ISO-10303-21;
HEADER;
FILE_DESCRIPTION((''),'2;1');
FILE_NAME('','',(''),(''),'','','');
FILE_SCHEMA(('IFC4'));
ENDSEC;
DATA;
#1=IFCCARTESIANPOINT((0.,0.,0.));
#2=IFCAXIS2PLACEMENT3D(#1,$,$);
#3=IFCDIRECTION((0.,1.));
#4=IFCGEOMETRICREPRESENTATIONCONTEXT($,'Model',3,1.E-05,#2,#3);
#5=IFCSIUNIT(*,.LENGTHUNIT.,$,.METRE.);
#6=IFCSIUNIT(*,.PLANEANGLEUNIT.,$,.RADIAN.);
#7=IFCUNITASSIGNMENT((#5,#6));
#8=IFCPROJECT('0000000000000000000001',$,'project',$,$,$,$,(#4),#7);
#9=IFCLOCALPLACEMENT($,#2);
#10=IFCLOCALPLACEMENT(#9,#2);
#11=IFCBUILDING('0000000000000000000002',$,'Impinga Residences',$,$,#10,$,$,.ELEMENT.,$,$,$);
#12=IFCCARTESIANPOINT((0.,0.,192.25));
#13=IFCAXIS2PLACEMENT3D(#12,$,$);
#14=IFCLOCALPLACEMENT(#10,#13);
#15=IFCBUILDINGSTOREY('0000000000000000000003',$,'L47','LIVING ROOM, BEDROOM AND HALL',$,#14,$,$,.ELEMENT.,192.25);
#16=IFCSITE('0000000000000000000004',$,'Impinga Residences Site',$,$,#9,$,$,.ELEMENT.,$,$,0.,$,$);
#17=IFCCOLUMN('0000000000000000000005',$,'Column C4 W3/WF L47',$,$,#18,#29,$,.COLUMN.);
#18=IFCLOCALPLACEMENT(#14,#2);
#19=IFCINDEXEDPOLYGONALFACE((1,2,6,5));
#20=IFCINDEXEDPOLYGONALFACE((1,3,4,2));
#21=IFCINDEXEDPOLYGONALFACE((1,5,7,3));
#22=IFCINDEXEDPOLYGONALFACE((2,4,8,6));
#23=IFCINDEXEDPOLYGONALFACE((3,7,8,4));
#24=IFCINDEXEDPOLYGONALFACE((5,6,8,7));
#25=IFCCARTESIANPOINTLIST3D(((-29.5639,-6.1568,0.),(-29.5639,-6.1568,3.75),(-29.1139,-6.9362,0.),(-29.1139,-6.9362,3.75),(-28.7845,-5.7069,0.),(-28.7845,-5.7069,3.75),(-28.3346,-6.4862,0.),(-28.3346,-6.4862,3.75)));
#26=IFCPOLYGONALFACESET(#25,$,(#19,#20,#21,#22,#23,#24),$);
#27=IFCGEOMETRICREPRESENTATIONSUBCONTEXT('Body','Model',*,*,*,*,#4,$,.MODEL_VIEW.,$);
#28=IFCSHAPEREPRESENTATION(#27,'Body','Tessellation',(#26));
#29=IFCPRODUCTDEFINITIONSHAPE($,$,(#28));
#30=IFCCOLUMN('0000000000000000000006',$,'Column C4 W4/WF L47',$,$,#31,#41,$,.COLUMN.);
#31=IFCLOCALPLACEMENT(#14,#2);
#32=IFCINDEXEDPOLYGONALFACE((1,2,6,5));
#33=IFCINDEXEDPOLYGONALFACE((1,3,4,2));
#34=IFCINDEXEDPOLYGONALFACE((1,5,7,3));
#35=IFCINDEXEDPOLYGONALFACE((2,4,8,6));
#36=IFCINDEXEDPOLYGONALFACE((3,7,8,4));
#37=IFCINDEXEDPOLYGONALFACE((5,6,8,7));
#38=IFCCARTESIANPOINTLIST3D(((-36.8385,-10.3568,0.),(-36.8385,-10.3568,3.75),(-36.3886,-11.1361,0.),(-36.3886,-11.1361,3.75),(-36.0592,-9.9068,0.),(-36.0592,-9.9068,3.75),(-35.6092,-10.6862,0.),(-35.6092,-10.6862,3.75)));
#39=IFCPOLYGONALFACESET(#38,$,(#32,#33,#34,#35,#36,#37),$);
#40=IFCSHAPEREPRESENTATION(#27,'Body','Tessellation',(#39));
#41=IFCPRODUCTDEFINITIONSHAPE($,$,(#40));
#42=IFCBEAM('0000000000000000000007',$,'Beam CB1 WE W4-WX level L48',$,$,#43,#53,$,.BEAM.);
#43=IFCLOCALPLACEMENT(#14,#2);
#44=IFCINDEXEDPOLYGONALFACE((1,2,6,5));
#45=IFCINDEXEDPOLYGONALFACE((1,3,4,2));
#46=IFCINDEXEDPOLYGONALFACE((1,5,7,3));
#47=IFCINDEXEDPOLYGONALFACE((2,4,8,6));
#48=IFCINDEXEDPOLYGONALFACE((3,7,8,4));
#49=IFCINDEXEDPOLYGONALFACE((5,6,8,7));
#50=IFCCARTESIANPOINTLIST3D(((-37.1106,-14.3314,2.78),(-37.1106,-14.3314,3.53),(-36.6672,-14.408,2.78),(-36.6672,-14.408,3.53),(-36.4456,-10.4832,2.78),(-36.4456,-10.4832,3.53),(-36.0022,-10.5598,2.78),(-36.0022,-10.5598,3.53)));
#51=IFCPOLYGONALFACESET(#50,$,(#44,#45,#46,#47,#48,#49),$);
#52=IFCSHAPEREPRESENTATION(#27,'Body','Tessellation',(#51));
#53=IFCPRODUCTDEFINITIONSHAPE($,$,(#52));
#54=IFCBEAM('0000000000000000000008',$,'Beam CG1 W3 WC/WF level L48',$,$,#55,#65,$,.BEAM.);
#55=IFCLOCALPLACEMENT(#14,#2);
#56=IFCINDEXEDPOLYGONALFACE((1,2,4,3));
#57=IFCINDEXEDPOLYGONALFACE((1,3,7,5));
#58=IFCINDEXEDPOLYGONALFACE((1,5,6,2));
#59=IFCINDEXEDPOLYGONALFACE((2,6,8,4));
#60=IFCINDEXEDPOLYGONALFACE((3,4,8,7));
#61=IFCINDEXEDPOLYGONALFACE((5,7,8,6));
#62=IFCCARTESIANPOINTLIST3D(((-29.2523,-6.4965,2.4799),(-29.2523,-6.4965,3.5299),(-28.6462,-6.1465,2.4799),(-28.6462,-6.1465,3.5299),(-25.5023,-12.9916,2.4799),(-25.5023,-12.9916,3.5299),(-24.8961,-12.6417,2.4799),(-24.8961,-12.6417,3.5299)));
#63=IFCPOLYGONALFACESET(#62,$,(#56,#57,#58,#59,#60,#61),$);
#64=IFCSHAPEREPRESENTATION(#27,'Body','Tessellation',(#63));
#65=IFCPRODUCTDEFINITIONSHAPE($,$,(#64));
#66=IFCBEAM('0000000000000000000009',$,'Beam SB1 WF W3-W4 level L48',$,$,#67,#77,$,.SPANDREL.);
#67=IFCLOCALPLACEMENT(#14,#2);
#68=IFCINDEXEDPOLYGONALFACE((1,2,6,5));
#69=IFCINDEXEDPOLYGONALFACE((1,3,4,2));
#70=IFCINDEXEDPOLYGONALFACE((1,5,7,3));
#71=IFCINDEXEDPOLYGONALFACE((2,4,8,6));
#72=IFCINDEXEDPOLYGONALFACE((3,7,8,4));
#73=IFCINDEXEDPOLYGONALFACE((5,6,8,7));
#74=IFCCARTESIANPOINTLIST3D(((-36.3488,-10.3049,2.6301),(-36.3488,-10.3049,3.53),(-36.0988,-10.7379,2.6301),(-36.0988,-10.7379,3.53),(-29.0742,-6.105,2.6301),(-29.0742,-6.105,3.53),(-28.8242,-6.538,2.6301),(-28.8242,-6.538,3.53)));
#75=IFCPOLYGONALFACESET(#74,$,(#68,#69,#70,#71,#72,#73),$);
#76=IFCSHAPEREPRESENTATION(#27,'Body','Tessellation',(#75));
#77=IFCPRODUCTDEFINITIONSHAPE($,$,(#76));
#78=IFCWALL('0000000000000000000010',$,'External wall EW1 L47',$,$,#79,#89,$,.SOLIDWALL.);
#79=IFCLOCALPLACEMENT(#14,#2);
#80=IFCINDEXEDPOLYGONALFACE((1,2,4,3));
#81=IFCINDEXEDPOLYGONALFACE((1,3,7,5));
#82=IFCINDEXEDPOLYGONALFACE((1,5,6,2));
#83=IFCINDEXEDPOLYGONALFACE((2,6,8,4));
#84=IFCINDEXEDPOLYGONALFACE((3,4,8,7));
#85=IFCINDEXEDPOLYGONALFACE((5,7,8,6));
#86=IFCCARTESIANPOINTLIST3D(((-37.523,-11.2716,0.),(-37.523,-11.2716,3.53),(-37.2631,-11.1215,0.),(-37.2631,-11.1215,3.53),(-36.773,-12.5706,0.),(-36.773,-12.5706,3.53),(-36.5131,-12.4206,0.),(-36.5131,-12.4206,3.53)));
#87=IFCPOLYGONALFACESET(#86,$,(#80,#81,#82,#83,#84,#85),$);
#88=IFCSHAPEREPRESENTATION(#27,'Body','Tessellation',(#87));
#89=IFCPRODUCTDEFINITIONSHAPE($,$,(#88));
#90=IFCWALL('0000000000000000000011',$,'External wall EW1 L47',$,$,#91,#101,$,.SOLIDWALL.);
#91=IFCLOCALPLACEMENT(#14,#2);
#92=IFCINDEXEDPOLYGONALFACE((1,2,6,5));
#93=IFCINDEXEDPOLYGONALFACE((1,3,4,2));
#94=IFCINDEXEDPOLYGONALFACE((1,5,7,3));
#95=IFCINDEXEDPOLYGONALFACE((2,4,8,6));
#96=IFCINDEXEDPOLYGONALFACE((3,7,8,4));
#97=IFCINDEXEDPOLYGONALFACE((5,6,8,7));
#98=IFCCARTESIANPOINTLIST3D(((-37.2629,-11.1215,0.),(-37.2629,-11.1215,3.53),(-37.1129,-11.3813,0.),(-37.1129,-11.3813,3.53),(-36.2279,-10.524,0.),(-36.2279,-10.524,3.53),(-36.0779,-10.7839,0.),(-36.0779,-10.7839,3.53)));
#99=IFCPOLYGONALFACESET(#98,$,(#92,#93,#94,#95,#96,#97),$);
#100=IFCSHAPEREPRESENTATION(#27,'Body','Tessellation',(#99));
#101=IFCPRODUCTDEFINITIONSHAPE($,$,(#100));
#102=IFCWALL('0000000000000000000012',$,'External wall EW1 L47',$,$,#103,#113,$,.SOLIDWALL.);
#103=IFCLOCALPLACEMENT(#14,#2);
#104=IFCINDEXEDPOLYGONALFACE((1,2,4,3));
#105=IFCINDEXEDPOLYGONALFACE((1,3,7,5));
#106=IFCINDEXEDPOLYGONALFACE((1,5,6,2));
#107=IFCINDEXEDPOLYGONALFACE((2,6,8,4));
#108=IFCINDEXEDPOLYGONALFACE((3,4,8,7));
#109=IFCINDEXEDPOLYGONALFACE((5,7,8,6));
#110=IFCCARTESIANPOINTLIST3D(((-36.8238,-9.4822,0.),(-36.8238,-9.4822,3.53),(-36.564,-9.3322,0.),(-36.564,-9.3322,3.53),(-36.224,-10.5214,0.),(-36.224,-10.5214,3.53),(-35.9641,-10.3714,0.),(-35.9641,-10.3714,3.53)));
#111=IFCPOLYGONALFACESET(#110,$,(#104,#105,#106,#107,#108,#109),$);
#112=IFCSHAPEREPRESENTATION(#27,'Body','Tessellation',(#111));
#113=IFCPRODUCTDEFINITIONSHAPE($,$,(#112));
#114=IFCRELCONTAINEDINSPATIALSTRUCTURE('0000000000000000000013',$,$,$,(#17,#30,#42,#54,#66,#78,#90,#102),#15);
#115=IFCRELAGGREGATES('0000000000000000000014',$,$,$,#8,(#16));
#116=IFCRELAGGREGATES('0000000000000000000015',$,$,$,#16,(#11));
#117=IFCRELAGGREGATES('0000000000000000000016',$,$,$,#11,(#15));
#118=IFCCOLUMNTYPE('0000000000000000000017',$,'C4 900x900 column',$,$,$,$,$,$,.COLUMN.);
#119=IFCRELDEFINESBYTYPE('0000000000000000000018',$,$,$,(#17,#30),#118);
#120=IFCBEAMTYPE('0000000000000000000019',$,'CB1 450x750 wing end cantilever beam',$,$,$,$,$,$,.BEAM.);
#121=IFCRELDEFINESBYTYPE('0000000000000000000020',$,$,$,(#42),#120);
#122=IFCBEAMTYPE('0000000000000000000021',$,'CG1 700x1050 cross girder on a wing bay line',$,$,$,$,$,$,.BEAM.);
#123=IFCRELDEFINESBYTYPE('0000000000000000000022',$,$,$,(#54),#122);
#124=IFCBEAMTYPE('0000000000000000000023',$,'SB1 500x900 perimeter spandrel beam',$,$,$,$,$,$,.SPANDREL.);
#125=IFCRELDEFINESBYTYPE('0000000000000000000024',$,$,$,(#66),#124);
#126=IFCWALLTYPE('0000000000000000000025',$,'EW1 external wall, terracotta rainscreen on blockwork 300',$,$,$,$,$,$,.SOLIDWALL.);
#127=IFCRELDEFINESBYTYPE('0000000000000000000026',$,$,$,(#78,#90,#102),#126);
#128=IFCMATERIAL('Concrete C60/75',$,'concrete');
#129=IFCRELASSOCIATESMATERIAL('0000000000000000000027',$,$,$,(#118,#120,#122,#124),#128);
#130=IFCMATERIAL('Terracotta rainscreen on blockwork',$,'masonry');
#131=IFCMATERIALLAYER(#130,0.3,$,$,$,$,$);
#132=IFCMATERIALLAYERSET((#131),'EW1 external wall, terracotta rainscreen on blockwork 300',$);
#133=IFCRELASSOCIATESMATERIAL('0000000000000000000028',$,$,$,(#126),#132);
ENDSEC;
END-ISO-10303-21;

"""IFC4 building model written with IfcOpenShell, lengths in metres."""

from ifc_helpers import new_model, si_unit, direction, frame, frame_2d, origin, origin_2d, place, context, subcontext, project, spatial, rectangle, extrude, material, layer, layer_set, material_profile, profile_set, type_object, element, save


model = new_model("IFC4")

# Units and contexts
model_context = context("Model", 3, precision=1e-05, world=origin(), true_north=direction((0.0, 1.0)))
body_context = subcontext(model_context, "Body", "Model", "MODEL_VIEW")
ifc_project = project(units=[si_unit("LENGTHUNIT", "METRE"), si_unit("PLANEANGLEUNIT", "RADIAN")], contexts=[model_context])

# Site, building, storey
site_placement = place(None, origin())
site = spatial("IfcSite", under=ifc_project, at=site_placement, Name="Impinga Residences Site", CompositionType="ELEMENT", RefElevation=0.0)
building_placement = place(site_placement, origin())
building = spatial("IfcBuilding", under=site, at=building_placement, Name="Impinga Residences", CompositionType="ELEMENT")
storey_placement = place(building_placement, frame((0.0, 0.0, 192.25)))
storey = spatial("IfcBuildingStorey", under=building, at=storey_placement, Name="L47", Description="LIVING ROOM, BEDROOM AND HALL", CompositionType="ELEMENT", Elevation=192.25)

# Columns
ifc_material_1 = material(Name="Concrete C60/75", Category="concrete")
ifc_material_profile_1 = material_profile(ifc_material_1, rectangle(XDim=0.8999, YDim=0.8999, at=origin_2d()), Name="RC 900x900")
ifc_profile_set_1 = profile_set([ifc_material_profile_1], Name="Concrete C60/75")
column_type = type_object("IfcColumnType", Name="C4 900x900 column", PredefinedType="COLUMN", material=ifc_profile_set_1)
for number, where, z_axis, x_axis, name in (
    (1, (-28.9492, -6.3215, 0.0), (0.0, 0.0, 1.0), (-0.5, 0.866025, 0.0), "Column C4 W3/WF L47"),
    (2, (-36.2239, -10.5215, 0.0), (0.0, 0.0, 1.0), (-0.5, 0.866025, 0.0), "Column C4 W4/WF L47"),
):
    element("IfcColumn", number, at=place(storey_placement, frame(where, z_axis=z_axis, x_axis=x_axis)), inside=storey, type_object=column_type, Name=name, PredefinedType="COLUMN", context=body_context, shape_type="SweptSolid", body=[
        extrude(rectangle(XDim=0.8999, YDim=0.8999, at=origin_2d()), origin(), (0.0, 0.0, 1.0), 3.75),
    ])

# Beams
ifc_material_profile_2 = material_profile(ifc_material_1, rectangle(XDim=0.45, YDim=0.75, at=origin_2d()), Name="RC 450x750")
ifc_profile_set_2 = profile_set([ifc_material_profile_2], Name="Concrete C60/75")
beam_type_1 = type_object("IfcBeamType", Name="CB1 450x750 wing end cantilever beam", PredefinedType="BEAM", material=ifc_profile_set_2)
beam_1_placement = place(storey_placement, frame((-36.2239, -10.5215, 3.155), z_axis=(-0.170296, -0.985393, 0.0), x_axis=(0.985393, -0.170296, 0.0)))
element("IfcBeam", 3, at=beam_1_placement, inside=storey, type_object=beam_type_1, Name="Beam CB1 WE W4-WX level L48", PredefinedType="BEAM", context=body_context, shape_type="SweptSolid", body=[
    extrude(rectangle(XDim=0.45, YDim=0.75, at=origin_2d()), origin(), (0.0, 0.0, 1.0), 3.9053),
])
ifc_material_profile_3 = material_profile(ifc_material_1, rectangle(XDim=0.7, YDim=1.05, at=origin_2d()), Name="RC 700x1050")
ifc_profile_set_3 = profile_set([ifc_material_profile_3], Name="Concrete C60/75")
beam_type_2 = type_object("IfcBeamType", Name="CG1 700x1050 cross girder on a wing bay line", PredefinedType="BEAM", material=ifc_profile_set_3)
beam_2_placement = place(storey_placement, frame((-25.1992, -12.8167, 3.0049), z_axis=(-0.500004, 0.866023, 0.0), x_axis=(-0.866023, -0.500004, 0.0)))
element("IfcBeam", 4, at=beam_2_placement, inside=storey, type_object=beam_type_2, Name="Beam CG1 W3 WC/WF level L48", PredefinedType="BEAM", context=body_context, shape_type="SweptSolid", body=[
    extrude(rectangle(XDim=0.7, YDim=1.05, at=origin_2d()), origin(), (0.0, 0.0, 1.0), 7.5),
])
ifc_material_profile_4 = material_profile(ifc_material_1, rectangle(XDim=0.5, YDim=0.8999, at=origin_2d()), Name="RC 500x900")
ifc_profile_set_4 = profile_set([ifc_material_profile_4], Name="Concrete C60/75")
beam_type_3 = type_object("IfcBeamType", Name="SB1 500x900 perimeter spandrel beam", PredefinedType="SPANDREL", material=ifc_profile_set_4)
beam_3_placement = place(storey_placement, frame((-28.9492, -6.3215, 3.0801), z_axis=(-0.866029, -0.499993, 0.0), x_axis=(0.499993, -0.866029, 0.0)))
element("IfcBeam", 5, at=beam_3_placement, inside=storey, type_object=beam_type_3, Name="Beam SB1 WF W3-W4 level L48", PredefinedType="SPANDREL", context=body_context, shape_type="SweptSolid", body=[
    extrude(rectangle(XDim=0.5, YDim=0.8999, at=origin_2d()), origin(), (0.0, 0.0, 1.0), 8.3999),
])

# Walls
ifc_material_2 = material(Name="Terracotta rainscreen on blockwork", Category="masonry")
ifc_layer_1 = layer(ifc_material_2, 0.3)
ifc_layer_set_1 = layer_set([ifc_layer_1], Name="EW1 external wall, terracotta rainscreen on blockwork 300")
wall_type_1 = type_object("IfcWallType", Name="EW1 external wall, terracotta rainscreen on blockwork 300", PredefinedType="SOLIDWALL", material=ifc_layer_set_1)
wall_1_placement = place(storey_placement, frame((-36.6431, -12.4956, 0.0), z_axis=(0.0, 0.0, 1.0), x_axis=(-0.49999, 0.866031, 0.0)))
element("IfcWall", 6, at=wall_1_placement, inside=storey, type_object=wall_type_1, Name="External wall EW1 L47", PredefinedType="SOLIDWALL", context=body_context, shape_type="SweptSolid", body=[
    extrude(rectangle(XDim=1.5, YDim=0.3, at=frame_2d((0.75, 0.0))), origin(), (0.0, 0.0, 1.0), 3.53),
])
wall_2_placement = place(storey_placement, frame((-37.188, -11.2515, 0.0), z_axis=(0.0, 0.0, 1.0), x_axis=(0.86606, 0.499941, 0.0)))
element("IfcWall", 7, at=wall_2_placement, inside=storey, type_object=wall_type_1, Name="External wall EW1 L47", PredefinedType="SOLIDWALL", context=body_context, shape_type="SweptSolid", body=[
    extrude(rectangle(XDim=1.1951, YDim=0.3, at=frame_2d((0.5977, 0.0))), origin(), (0.0, 0.0, 1.0), 3.53),
])
wall_3_placement = place(storey_placement, frame((-36.094, -10.4465, 0.0), z_axis=(0.0, 0.0, 1.0), x_axis=(-0.499881, 0.866094, 0.0)))
element("IfcWall", 8, at=wall_3_placement, inside=storey, type_object=wall_type_1, Name="External wall EW1 L47", PredefinedType="SOLIDWALL", context=body_context, shape_type="SweptSolid", body=[
    extrude(rectangle(XDim=1.2, YDim=0.3, at=frame_2d((0.6001, 0.0))), origin(), (0.0, 0.0, 1.0), 3.53),
])

save(model, "model.ifc")
